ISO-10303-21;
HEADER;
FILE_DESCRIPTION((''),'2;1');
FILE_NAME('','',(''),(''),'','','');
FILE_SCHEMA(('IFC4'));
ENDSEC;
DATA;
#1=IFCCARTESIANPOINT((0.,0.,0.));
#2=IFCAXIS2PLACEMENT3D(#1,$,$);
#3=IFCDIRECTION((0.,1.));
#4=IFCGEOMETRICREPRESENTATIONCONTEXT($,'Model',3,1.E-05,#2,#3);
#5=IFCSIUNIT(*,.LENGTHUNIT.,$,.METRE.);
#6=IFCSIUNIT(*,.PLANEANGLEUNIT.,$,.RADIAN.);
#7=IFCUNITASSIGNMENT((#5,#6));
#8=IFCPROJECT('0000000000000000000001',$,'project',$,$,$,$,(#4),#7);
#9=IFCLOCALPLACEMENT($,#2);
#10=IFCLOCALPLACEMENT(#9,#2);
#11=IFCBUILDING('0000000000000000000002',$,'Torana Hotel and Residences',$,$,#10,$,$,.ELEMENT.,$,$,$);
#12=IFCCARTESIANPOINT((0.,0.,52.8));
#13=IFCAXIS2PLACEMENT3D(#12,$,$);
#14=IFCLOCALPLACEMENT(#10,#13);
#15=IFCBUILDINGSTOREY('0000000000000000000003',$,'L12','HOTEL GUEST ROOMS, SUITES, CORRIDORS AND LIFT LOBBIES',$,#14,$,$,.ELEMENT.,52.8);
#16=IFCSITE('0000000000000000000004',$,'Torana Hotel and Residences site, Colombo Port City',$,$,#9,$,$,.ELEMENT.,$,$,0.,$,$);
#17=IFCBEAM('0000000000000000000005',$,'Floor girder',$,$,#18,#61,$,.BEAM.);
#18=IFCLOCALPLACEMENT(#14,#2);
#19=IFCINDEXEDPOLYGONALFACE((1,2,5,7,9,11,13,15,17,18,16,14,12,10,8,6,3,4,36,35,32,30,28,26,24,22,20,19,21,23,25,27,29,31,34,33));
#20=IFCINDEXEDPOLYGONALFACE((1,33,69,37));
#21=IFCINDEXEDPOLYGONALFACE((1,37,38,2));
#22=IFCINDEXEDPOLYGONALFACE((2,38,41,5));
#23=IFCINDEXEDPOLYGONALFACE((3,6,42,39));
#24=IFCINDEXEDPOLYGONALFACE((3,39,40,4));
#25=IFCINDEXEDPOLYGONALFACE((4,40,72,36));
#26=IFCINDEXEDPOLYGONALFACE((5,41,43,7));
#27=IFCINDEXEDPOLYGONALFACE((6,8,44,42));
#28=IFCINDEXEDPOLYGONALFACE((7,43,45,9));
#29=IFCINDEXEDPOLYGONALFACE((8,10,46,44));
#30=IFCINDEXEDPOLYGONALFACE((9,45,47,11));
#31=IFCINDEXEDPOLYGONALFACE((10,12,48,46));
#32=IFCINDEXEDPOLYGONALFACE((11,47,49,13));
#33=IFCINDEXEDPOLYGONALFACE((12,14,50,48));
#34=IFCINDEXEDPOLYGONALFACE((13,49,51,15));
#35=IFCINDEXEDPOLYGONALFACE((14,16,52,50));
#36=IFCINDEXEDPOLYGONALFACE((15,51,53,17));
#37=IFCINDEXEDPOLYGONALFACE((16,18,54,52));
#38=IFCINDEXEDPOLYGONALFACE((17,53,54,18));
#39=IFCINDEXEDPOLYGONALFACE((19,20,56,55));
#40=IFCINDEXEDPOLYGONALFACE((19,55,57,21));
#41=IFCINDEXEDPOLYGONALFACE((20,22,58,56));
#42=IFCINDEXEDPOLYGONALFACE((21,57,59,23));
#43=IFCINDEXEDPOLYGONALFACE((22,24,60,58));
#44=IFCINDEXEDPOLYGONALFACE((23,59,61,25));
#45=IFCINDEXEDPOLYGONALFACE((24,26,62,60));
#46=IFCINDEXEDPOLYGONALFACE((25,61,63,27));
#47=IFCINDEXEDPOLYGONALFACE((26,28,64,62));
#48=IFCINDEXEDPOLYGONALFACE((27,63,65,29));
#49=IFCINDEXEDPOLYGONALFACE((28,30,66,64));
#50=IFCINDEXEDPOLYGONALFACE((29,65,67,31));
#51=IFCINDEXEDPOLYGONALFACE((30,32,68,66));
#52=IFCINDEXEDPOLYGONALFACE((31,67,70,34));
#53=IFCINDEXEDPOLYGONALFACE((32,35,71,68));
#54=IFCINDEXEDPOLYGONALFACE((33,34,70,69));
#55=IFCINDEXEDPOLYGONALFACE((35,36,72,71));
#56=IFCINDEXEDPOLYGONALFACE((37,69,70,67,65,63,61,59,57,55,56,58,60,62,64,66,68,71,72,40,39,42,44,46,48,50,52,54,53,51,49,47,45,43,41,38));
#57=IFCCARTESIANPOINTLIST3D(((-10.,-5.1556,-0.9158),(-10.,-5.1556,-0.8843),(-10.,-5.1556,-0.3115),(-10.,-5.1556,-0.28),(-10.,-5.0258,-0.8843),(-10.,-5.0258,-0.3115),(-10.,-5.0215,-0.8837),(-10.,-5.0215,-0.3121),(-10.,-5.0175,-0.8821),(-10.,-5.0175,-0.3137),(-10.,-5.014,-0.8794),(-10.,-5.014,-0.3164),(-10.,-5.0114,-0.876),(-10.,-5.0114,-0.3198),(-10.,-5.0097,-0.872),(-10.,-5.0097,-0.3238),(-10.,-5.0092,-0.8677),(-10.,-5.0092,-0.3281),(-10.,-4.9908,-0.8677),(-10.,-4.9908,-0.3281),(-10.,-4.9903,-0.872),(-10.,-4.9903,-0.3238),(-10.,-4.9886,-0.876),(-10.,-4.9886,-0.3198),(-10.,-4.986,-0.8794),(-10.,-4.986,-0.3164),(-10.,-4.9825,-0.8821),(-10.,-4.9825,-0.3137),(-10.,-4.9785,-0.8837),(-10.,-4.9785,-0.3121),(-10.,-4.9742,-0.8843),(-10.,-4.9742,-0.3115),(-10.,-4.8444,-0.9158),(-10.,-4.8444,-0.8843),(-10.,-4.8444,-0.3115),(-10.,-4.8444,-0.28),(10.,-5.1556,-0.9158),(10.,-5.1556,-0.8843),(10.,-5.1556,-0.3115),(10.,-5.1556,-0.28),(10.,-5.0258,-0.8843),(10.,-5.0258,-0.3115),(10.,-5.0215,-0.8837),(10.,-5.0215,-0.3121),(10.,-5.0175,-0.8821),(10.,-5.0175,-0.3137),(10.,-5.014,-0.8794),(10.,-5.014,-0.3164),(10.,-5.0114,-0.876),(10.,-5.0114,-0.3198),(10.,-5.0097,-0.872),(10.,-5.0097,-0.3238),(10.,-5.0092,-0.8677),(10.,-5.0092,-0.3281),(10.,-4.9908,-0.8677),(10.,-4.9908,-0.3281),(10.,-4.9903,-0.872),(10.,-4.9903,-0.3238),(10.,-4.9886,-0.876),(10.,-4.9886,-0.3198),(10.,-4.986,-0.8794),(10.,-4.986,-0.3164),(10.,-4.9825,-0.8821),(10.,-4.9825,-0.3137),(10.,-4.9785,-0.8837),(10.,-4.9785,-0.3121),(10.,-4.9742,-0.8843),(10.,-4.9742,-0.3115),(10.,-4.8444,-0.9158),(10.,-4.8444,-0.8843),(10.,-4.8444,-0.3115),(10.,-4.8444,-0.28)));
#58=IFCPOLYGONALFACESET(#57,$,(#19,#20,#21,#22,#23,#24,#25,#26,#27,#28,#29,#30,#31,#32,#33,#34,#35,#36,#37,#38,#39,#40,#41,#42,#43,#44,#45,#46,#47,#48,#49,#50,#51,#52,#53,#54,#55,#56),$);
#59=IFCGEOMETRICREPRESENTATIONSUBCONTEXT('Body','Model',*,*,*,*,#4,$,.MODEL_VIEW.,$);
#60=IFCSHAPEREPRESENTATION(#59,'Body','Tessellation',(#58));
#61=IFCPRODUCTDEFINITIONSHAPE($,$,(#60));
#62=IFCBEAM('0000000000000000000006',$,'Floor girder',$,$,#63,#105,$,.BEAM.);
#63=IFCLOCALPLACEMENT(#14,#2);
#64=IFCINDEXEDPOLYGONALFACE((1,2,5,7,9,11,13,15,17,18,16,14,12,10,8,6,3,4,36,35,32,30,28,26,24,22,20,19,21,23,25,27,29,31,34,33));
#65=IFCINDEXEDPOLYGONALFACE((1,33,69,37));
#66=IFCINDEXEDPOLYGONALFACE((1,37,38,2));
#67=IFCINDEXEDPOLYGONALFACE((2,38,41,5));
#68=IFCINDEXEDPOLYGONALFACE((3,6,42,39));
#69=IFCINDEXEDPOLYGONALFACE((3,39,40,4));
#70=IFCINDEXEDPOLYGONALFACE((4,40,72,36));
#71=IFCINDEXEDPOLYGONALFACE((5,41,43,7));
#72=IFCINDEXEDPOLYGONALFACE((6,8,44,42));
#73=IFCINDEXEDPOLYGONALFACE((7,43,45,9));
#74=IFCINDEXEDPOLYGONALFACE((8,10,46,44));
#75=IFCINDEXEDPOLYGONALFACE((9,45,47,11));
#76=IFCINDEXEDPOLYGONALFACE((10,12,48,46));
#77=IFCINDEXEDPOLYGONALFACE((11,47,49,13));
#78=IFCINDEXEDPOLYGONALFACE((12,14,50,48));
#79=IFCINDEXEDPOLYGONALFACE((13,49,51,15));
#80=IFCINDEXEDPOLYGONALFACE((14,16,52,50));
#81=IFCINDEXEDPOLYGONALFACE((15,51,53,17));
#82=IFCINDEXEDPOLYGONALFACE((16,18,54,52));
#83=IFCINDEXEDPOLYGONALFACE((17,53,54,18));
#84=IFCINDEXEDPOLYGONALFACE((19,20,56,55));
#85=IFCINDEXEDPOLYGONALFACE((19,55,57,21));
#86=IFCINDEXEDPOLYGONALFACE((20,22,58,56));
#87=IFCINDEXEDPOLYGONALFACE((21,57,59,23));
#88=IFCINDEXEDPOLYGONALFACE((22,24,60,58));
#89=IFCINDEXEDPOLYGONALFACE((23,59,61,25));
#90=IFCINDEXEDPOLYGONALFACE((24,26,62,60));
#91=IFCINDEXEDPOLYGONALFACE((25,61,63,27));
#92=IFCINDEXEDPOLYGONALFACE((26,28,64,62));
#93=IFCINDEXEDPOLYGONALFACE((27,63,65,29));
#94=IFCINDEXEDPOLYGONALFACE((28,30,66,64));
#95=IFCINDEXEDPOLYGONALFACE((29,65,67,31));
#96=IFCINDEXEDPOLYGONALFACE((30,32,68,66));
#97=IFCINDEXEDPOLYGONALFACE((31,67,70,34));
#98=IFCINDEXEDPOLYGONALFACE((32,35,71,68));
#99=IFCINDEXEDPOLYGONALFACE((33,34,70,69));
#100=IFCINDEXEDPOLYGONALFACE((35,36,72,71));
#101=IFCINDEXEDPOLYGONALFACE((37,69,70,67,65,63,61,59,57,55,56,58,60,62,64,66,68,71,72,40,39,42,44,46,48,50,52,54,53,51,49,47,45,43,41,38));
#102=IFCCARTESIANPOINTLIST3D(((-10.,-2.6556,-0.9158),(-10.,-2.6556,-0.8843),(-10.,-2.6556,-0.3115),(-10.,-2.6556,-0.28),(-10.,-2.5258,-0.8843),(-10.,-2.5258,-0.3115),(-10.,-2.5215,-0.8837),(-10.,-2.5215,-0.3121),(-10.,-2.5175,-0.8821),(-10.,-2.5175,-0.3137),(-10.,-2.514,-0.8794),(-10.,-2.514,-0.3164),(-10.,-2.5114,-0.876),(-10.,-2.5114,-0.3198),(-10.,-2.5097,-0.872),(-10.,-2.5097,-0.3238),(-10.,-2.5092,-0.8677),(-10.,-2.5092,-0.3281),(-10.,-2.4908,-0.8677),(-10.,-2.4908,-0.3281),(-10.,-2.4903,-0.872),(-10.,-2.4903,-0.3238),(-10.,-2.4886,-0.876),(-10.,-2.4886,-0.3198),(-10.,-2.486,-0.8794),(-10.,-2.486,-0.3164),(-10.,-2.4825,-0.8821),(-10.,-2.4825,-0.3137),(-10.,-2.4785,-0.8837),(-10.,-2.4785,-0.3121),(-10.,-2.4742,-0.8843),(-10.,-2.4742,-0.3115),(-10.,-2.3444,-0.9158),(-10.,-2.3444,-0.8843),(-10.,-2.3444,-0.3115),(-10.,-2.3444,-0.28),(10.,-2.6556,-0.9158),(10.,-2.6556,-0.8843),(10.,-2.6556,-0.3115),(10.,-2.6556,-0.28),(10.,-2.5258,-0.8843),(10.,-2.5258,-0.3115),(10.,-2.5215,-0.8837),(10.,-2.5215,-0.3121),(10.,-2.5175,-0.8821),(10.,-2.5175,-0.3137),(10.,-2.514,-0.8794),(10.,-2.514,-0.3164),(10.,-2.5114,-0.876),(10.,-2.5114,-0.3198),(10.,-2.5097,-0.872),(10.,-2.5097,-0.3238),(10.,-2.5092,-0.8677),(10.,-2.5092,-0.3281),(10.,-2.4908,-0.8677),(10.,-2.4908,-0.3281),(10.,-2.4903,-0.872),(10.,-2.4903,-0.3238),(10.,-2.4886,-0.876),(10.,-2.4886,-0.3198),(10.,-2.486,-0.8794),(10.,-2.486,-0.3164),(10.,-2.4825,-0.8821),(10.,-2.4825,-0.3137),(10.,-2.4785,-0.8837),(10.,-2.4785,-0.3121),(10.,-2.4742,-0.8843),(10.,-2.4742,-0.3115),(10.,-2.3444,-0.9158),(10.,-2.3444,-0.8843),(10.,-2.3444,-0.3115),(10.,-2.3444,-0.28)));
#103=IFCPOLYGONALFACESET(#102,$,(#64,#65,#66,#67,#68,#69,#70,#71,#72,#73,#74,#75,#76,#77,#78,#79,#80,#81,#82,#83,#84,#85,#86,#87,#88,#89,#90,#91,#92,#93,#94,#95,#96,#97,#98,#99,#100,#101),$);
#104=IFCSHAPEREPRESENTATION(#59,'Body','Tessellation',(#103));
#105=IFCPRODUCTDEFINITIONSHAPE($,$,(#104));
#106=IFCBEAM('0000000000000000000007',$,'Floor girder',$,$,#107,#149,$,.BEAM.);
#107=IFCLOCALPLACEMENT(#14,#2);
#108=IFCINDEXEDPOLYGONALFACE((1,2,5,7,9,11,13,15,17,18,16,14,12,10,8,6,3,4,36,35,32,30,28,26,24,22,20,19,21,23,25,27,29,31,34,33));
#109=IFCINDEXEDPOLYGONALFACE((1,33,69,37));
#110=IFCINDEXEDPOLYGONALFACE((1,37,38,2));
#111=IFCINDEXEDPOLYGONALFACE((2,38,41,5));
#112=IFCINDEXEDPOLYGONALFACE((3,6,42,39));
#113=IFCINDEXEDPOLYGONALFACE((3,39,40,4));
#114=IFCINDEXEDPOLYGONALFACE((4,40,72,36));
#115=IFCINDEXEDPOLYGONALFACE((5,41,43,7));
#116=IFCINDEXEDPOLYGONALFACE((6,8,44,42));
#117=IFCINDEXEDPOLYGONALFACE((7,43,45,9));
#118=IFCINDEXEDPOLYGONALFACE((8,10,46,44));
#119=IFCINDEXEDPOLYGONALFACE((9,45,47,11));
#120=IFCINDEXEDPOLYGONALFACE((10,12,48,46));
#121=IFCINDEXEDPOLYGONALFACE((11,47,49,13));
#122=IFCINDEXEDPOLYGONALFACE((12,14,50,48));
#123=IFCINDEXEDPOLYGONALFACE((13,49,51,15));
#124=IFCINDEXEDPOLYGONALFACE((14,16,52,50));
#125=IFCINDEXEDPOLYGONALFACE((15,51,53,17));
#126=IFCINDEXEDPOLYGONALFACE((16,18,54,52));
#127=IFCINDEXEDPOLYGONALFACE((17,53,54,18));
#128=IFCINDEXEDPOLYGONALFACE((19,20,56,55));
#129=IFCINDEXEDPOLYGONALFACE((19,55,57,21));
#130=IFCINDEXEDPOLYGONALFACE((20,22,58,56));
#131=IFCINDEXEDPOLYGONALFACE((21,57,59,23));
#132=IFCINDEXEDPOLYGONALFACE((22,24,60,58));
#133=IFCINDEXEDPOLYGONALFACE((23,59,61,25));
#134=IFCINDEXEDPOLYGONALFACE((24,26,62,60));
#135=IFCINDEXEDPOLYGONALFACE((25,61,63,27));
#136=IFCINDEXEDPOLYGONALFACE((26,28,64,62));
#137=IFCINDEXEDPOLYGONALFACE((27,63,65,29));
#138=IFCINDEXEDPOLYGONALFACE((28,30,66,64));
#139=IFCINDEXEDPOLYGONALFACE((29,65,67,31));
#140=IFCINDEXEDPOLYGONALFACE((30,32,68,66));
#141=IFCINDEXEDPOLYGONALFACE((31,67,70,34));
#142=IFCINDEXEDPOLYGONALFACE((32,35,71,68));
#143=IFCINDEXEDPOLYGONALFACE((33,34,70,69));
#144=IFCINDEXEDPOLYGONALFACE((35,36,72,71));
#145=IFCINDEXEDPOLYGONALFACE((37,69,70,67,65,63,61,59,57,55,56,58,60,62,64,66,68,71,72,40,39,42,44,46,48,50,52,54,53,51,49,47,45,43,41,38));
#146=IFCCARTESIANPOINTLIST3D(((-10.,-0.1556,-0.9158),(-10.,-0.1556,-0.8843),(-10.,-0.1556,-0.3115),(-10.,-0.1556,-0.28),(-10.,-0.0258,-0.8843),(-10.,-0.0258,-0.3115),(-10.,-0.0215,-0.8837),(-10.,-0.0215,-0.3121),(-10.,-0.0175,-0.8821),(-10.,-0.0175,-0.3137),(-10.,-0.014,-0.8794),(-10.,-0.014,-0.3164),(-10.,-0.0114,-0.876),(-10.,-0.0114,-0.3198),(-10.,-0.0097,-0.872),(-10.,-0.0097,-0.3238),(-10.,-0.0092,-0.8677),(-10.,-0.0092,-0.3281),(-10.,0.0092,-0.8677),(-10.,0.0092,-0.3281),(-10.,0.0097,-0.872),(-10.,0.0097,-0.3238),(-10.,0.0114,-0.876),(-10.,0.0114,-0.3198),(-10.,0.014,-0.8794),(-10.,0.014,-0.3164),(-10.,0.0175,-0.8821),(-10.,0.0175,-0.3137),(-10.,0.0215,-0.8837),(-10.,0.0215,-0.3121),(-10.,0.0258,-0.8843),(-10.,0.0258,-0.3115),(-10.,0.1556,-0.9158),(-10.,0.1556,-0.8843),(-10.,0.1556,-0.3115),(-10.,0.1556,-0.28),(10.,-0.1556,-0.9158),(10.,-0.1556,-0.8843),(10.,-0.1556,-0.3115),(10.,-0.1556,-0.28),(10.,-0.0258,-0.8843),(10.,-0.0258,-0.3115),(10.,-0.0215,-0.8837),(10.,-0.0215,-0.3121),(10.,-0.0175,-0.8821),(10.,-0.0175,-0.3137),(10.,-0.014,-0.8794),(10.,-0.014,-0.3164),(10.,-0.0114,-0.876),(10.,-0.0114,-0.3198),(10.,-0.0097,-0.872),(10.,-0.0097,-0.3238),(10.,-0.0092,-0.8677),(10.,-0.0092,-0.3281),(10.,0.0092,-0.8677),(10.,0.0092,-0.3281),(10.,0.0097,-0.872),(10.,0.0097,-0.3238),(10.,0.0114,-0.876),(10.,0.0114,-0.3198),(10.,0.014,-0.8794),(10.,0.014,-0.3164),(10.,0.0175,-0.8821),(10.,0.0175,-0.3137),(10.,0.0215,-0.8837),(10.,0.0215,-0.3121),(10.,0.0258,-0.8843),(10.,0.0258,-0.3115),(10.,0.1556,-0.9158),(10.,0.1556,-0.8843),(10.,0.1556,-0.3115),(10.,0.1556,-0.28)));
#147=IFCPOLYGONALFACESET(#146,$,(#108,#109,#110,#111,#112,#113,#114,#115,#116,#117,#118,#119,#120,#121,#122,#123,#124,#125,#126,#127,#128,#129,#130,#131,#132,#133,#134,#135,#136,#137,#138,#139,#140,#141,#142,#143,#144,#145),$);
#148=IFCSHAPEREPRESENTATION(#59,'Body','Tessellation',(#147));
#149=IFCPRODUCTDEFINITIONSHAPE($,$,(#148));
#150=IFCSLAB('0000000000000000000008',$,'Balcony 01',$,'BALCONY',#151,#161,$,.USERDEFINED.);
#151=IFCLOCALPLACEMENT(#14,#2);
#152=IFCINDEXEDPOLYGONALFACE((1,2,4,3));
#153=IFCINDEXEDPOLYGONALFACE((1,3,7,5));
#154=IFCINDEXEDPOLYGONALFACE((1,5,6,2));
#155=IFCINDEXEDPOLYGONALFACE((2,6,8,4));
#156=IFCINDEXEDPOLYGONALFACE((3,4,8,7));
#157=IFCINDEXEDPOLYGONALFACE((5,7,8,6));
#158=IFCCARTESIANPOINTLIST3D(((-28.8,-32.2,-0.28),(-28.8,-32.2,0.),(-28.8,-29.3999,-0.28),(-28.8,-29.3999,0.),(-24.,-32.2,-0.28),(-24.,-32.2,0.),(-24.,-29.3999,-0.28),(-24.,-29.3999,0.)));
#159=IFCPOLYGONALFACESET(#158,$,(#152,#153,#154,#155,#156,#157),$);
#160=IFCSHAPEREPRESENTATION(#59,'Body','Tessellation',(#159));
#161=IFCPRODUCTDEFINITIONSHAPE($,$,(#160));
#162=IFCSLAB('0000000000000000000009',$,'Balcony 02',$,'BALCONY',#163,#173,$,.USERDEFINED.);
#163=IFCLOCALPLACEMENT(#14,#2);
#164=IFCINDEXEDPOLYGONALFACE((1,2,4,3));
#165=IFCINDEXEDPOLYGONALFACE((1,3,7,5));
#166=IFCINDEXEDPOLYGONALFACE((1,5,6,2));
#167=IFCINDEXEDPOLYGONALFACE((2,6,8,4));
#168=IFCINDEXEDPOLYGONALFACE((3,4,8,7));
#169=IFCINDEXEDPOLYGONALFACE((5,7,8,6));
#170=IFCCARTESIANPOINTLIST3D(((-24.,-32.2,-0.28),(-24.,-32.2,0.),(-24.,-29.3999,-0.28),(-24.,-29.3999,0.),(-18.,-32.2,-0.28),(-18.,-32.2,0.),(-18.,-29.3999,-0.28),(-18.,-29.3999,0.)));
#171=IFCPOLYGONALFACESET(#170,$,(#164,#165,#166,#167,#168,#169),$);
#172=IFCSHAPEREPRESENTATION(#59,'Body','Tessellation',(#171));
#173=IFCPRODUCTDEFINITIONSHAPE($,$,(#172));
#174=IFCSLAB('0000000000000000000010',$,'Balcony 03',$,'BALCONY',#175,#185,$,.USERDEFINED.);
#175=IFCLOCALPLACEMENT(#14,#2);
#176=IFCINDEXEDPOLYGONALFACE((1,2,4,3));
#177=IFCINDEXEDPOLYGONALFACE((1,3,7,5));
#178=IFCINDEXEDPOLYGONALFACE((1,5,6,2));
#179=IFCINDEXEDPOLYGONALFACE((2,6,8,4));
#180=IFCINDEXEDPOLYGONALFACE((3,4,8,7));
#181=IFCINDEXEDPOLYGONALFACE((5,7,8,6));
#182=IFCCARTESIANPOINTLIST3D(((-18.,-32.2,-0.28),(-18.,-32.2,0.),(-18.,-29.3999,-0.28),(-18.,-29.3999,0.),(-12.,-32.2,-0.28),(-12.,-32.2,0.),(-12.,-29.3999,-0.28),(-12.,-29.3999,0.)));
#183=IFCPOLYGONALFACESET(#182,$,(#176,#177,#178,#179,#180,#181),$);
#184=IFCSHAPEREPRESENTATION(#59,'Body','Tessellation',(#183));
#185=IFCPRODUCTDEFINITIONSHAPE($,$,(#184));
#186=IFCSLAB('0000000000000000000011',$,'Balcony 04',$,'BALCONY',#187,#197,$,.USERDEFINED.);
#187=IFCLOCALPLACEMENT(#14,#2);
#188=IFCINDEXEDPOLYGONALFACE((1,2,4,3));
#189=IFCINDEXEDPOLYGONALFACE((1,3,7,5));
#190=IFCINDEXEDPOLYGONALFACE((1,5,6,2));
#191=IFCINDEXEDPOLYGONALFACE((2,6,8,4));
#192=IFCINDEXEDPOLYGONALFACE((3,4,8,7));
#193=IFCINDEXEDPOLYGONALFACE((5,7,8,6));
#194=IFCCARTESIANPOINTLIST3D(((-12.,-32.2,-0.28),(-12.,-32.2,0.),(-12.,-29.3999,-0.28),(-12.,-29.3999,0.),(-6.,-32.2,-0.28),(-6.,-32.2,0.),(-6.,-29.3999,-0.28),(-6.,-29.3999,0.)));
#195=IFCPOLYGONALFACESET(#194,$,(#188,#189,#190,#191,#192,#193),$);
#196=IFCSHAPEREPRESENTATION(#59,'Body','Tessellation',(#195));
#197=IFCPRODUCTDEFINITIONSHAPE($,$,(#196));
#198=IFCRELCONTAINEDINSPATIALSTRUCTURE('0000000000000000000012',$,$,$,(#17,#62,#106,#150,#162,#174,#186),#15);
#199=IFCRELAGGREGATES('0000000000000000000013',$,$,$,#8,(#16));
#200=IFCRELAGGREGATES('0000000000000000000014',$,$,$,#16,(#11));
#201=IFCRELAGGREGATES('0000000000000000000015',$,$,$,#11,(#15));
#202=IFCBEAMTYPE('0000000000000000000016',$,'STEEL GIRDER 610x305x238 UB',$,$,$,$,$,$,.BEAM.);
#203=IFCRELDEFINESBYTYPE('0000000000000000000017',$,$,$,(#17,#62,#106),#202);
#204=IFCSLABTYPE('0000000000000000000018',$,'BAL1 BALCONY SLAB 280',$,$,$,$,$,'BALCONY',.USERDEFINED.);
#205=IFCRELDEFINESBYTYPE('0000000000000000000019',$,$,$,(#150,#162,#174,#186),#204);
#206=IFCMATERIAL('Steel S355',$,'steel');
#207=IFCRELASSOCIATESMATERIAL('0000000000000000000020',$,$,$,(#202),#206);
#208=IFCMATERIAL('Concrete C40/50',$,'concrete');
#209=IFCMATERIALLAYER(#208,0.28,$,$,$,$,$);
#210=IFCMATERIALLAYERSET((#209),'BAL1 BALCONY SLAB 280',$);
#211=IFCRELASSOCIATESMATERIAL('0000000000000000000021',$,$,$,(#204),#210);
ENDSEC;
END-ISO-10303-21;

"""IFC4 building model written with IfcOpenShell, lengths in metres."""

from ifc_helpers import new_model, si_unit, direction, frame, origin, origin_2d, place, context, subcontext, project, spatial, polyline, i_section, outline, extrude, material, layer, layer_set, material_profile, profile_set, type_object, element, save


model = new_model("IFC4")

# Units and contexts
model_context = context("Model", 3, precision=1e-05, world=origin(), true_north=direction((0.0, 1.0)))
body_context = subcontext(model_context, "Body", "Model", "MODEL_VIEW")
ifc_project = project(units=[si_unit("LENGTHUNIT", "METRE"), si_unit("PLANEANGLEUNIT", "RADIAN")], contexts=[model_context])

# Site, building, storey
site_placement = place(None, origin())
site = spatial("IfcSite", under=ifc_project, at=site_placement, Name="Torana Hotel and Residences site, Colombo Port City", CompositionType="ELEMENT", RefElevation=0.0)
building_placement = place(site_placement, origin())
building = spatial("IfcBuilding", under=site, at=building_placement, Name="Torana Hotel and Residences", CompositionType="ELEMENT")
storey_placement = place(building_placement, frame((0.0, 0.0, 52.8)))
storey = spatial("IfcBuildingStorey", under=building, at=storey_placement, Name="L12", Description="HOTEL GUEST ROOMS, SUITES, CORRIDORS AND LIFT LOBBIES", CompositionType="ELEMENT", Elevation=52.8)

# Beams
ifc_material_1 = material(Name="Steel S355", Category="steel")
ifc_material_profile = material_profile(ifc_material_1, i_section(OverallWidth=0.3113, OverallDepth=0.6357, WebThickness=0.0183, FlangeThickness=0.0315, FilletRadius=0.0166, at=origin_2d()), Name="610x305x238 UB")
ifc_profile_set = profile_set([ifc_material_profile], Name="Steel S355")
beam_type = type_object("IfcBeamType", Name="STEEL GIRDER 610x305x238 UB", PredefinedType="BEAM", material=ifc_profile_set)
for number, where, z_axis, x_axis, name in (
    (1, (-10.0, -5.0, -0.5979), (1.0, 0.0, 0.0), (0.0, 1.0, 0.0), "Floor girder"),
    (2, (-10.0, -2.5, -0.5979), (1.0, 0.0, 0.0), (0.0, 1.0, 0.0), "Floor girder"),
    (3, (-10.0, 0.0, -0.5979), (1.0, 0.0, 0.0), (0.0, 1.0, 0.0), "Floor girder"),
):
    element("IfcBeam", number, at=place(storey_placement, frame(where, z_axis=z_axis, x_axis=x_axis)), inside=storey, type_object=beam_type, Name=name, PredefinedType="BEAM", context=body_context, shape_type="SweptSolid", body=[
        extrude(i_section(OverallWidth=0.3113, OverallDepth=0.6357, WebThickness=0.0183, FlangeThickness=0.0315, FilletRadius=0.0166, at=origin_2d()), origin(), (0.0, 0.0, 1.0), 20.0),
    ])

# Slabs
ifc_material_2 = material(Name="Concrete C40/50", Category="concrete")
ifc_layer_1 = layer(ifc_material_2, 0.28)
ifc_layer_set_1 = layer_set([ifc_layer_1], Name="BAL1 BALCONY SLAB 280")
slab_type_1 = type_object("IfcSlabType", Name="BAL1 BALCONY SLAB 280", ElementType="BALCONY", PredefinedType="USERDEFINED", material=ifc_layer_set_1)
slab_1_placement = place(storey_placement, frame((0.0, 0.0, -0.28)))
element("IfcSlab", 4, at=slab_1_placement, inside=storey, type_object=slab_type_1, Name="Balcony 01", ObjectType="BALCONY", PredefinedType="USERDEFINED", context=body_context, shape_type="SweptSolid", body=[
    extrude(outline(polyline([(-28.8, -32.2), (-24.0, -32.2), (-24.0, -29.3999), (-28.8, -29.3999), (-28.8, -32.2)])), origin(), (0.0, 0.0, 1.0), 0.28),
])
slab_2_placement = place(storey_placement, frame((0.0, 0.0, -0.28)))
element("IfcSlab", 5, at=slab_2_placement, inside=storey, type_object=slab_type_1, Name="Balcony 02", ObjectType="BALCONY", PredefinedType="USERDEFINED", context=body_context, shape_type="SweptSolid", body=[
    extrude(outline(polyline([(-24.0, -32.2), (-18.0, -32.2), (-18.0, -29.3999), (-24.0, -29.3999), (-24.0, -32.2)])), origin(), (0.0, 0.0, 1.0), 0.28),
])
slab_3_placement = place(storey_placement, frame((0.0, 0.0, -0.28)))
element("IfcSlab", 6, at=slab_3_placement, inside=storey, type_object=slab_type_1, Name="Balcony 03", ObjectType="BALCONY", PredefinedType="USERDEFINED", context=body_context, shape_type="SweptSolid", body=[
    extrude(outline(polyline([(-18.0, -32.2), (-12.0, -32.2), (-12.0, -29.3999), (-18.0, -29.3999), (-18.0, -32.2)])), origin(), (0.0, 0.0, 1.0), 0.28),
])
slab_4_placement = place(storey_placement, frame((0.0, 0.0, -0.28)))
element("IfcSlab", 7, at=slab_4_placement, inside=storey, type_object=slab_type_1, Name="Balcony 04", ObjectType="BALCONY", PredefinedType="USERDEFINED", context=body_context, shape_type="SweptSolid", body=[
    extrude(outline(polyline([(-12.0, -32.2), (-6.0, -32.2), (-6.0, -29.3999), (-12.0, -29.3999), (-12.0, -32.2)])), origin(), (0.0, 0.0, 1.0), 0.28),
])

save(model, "model.ifc")
